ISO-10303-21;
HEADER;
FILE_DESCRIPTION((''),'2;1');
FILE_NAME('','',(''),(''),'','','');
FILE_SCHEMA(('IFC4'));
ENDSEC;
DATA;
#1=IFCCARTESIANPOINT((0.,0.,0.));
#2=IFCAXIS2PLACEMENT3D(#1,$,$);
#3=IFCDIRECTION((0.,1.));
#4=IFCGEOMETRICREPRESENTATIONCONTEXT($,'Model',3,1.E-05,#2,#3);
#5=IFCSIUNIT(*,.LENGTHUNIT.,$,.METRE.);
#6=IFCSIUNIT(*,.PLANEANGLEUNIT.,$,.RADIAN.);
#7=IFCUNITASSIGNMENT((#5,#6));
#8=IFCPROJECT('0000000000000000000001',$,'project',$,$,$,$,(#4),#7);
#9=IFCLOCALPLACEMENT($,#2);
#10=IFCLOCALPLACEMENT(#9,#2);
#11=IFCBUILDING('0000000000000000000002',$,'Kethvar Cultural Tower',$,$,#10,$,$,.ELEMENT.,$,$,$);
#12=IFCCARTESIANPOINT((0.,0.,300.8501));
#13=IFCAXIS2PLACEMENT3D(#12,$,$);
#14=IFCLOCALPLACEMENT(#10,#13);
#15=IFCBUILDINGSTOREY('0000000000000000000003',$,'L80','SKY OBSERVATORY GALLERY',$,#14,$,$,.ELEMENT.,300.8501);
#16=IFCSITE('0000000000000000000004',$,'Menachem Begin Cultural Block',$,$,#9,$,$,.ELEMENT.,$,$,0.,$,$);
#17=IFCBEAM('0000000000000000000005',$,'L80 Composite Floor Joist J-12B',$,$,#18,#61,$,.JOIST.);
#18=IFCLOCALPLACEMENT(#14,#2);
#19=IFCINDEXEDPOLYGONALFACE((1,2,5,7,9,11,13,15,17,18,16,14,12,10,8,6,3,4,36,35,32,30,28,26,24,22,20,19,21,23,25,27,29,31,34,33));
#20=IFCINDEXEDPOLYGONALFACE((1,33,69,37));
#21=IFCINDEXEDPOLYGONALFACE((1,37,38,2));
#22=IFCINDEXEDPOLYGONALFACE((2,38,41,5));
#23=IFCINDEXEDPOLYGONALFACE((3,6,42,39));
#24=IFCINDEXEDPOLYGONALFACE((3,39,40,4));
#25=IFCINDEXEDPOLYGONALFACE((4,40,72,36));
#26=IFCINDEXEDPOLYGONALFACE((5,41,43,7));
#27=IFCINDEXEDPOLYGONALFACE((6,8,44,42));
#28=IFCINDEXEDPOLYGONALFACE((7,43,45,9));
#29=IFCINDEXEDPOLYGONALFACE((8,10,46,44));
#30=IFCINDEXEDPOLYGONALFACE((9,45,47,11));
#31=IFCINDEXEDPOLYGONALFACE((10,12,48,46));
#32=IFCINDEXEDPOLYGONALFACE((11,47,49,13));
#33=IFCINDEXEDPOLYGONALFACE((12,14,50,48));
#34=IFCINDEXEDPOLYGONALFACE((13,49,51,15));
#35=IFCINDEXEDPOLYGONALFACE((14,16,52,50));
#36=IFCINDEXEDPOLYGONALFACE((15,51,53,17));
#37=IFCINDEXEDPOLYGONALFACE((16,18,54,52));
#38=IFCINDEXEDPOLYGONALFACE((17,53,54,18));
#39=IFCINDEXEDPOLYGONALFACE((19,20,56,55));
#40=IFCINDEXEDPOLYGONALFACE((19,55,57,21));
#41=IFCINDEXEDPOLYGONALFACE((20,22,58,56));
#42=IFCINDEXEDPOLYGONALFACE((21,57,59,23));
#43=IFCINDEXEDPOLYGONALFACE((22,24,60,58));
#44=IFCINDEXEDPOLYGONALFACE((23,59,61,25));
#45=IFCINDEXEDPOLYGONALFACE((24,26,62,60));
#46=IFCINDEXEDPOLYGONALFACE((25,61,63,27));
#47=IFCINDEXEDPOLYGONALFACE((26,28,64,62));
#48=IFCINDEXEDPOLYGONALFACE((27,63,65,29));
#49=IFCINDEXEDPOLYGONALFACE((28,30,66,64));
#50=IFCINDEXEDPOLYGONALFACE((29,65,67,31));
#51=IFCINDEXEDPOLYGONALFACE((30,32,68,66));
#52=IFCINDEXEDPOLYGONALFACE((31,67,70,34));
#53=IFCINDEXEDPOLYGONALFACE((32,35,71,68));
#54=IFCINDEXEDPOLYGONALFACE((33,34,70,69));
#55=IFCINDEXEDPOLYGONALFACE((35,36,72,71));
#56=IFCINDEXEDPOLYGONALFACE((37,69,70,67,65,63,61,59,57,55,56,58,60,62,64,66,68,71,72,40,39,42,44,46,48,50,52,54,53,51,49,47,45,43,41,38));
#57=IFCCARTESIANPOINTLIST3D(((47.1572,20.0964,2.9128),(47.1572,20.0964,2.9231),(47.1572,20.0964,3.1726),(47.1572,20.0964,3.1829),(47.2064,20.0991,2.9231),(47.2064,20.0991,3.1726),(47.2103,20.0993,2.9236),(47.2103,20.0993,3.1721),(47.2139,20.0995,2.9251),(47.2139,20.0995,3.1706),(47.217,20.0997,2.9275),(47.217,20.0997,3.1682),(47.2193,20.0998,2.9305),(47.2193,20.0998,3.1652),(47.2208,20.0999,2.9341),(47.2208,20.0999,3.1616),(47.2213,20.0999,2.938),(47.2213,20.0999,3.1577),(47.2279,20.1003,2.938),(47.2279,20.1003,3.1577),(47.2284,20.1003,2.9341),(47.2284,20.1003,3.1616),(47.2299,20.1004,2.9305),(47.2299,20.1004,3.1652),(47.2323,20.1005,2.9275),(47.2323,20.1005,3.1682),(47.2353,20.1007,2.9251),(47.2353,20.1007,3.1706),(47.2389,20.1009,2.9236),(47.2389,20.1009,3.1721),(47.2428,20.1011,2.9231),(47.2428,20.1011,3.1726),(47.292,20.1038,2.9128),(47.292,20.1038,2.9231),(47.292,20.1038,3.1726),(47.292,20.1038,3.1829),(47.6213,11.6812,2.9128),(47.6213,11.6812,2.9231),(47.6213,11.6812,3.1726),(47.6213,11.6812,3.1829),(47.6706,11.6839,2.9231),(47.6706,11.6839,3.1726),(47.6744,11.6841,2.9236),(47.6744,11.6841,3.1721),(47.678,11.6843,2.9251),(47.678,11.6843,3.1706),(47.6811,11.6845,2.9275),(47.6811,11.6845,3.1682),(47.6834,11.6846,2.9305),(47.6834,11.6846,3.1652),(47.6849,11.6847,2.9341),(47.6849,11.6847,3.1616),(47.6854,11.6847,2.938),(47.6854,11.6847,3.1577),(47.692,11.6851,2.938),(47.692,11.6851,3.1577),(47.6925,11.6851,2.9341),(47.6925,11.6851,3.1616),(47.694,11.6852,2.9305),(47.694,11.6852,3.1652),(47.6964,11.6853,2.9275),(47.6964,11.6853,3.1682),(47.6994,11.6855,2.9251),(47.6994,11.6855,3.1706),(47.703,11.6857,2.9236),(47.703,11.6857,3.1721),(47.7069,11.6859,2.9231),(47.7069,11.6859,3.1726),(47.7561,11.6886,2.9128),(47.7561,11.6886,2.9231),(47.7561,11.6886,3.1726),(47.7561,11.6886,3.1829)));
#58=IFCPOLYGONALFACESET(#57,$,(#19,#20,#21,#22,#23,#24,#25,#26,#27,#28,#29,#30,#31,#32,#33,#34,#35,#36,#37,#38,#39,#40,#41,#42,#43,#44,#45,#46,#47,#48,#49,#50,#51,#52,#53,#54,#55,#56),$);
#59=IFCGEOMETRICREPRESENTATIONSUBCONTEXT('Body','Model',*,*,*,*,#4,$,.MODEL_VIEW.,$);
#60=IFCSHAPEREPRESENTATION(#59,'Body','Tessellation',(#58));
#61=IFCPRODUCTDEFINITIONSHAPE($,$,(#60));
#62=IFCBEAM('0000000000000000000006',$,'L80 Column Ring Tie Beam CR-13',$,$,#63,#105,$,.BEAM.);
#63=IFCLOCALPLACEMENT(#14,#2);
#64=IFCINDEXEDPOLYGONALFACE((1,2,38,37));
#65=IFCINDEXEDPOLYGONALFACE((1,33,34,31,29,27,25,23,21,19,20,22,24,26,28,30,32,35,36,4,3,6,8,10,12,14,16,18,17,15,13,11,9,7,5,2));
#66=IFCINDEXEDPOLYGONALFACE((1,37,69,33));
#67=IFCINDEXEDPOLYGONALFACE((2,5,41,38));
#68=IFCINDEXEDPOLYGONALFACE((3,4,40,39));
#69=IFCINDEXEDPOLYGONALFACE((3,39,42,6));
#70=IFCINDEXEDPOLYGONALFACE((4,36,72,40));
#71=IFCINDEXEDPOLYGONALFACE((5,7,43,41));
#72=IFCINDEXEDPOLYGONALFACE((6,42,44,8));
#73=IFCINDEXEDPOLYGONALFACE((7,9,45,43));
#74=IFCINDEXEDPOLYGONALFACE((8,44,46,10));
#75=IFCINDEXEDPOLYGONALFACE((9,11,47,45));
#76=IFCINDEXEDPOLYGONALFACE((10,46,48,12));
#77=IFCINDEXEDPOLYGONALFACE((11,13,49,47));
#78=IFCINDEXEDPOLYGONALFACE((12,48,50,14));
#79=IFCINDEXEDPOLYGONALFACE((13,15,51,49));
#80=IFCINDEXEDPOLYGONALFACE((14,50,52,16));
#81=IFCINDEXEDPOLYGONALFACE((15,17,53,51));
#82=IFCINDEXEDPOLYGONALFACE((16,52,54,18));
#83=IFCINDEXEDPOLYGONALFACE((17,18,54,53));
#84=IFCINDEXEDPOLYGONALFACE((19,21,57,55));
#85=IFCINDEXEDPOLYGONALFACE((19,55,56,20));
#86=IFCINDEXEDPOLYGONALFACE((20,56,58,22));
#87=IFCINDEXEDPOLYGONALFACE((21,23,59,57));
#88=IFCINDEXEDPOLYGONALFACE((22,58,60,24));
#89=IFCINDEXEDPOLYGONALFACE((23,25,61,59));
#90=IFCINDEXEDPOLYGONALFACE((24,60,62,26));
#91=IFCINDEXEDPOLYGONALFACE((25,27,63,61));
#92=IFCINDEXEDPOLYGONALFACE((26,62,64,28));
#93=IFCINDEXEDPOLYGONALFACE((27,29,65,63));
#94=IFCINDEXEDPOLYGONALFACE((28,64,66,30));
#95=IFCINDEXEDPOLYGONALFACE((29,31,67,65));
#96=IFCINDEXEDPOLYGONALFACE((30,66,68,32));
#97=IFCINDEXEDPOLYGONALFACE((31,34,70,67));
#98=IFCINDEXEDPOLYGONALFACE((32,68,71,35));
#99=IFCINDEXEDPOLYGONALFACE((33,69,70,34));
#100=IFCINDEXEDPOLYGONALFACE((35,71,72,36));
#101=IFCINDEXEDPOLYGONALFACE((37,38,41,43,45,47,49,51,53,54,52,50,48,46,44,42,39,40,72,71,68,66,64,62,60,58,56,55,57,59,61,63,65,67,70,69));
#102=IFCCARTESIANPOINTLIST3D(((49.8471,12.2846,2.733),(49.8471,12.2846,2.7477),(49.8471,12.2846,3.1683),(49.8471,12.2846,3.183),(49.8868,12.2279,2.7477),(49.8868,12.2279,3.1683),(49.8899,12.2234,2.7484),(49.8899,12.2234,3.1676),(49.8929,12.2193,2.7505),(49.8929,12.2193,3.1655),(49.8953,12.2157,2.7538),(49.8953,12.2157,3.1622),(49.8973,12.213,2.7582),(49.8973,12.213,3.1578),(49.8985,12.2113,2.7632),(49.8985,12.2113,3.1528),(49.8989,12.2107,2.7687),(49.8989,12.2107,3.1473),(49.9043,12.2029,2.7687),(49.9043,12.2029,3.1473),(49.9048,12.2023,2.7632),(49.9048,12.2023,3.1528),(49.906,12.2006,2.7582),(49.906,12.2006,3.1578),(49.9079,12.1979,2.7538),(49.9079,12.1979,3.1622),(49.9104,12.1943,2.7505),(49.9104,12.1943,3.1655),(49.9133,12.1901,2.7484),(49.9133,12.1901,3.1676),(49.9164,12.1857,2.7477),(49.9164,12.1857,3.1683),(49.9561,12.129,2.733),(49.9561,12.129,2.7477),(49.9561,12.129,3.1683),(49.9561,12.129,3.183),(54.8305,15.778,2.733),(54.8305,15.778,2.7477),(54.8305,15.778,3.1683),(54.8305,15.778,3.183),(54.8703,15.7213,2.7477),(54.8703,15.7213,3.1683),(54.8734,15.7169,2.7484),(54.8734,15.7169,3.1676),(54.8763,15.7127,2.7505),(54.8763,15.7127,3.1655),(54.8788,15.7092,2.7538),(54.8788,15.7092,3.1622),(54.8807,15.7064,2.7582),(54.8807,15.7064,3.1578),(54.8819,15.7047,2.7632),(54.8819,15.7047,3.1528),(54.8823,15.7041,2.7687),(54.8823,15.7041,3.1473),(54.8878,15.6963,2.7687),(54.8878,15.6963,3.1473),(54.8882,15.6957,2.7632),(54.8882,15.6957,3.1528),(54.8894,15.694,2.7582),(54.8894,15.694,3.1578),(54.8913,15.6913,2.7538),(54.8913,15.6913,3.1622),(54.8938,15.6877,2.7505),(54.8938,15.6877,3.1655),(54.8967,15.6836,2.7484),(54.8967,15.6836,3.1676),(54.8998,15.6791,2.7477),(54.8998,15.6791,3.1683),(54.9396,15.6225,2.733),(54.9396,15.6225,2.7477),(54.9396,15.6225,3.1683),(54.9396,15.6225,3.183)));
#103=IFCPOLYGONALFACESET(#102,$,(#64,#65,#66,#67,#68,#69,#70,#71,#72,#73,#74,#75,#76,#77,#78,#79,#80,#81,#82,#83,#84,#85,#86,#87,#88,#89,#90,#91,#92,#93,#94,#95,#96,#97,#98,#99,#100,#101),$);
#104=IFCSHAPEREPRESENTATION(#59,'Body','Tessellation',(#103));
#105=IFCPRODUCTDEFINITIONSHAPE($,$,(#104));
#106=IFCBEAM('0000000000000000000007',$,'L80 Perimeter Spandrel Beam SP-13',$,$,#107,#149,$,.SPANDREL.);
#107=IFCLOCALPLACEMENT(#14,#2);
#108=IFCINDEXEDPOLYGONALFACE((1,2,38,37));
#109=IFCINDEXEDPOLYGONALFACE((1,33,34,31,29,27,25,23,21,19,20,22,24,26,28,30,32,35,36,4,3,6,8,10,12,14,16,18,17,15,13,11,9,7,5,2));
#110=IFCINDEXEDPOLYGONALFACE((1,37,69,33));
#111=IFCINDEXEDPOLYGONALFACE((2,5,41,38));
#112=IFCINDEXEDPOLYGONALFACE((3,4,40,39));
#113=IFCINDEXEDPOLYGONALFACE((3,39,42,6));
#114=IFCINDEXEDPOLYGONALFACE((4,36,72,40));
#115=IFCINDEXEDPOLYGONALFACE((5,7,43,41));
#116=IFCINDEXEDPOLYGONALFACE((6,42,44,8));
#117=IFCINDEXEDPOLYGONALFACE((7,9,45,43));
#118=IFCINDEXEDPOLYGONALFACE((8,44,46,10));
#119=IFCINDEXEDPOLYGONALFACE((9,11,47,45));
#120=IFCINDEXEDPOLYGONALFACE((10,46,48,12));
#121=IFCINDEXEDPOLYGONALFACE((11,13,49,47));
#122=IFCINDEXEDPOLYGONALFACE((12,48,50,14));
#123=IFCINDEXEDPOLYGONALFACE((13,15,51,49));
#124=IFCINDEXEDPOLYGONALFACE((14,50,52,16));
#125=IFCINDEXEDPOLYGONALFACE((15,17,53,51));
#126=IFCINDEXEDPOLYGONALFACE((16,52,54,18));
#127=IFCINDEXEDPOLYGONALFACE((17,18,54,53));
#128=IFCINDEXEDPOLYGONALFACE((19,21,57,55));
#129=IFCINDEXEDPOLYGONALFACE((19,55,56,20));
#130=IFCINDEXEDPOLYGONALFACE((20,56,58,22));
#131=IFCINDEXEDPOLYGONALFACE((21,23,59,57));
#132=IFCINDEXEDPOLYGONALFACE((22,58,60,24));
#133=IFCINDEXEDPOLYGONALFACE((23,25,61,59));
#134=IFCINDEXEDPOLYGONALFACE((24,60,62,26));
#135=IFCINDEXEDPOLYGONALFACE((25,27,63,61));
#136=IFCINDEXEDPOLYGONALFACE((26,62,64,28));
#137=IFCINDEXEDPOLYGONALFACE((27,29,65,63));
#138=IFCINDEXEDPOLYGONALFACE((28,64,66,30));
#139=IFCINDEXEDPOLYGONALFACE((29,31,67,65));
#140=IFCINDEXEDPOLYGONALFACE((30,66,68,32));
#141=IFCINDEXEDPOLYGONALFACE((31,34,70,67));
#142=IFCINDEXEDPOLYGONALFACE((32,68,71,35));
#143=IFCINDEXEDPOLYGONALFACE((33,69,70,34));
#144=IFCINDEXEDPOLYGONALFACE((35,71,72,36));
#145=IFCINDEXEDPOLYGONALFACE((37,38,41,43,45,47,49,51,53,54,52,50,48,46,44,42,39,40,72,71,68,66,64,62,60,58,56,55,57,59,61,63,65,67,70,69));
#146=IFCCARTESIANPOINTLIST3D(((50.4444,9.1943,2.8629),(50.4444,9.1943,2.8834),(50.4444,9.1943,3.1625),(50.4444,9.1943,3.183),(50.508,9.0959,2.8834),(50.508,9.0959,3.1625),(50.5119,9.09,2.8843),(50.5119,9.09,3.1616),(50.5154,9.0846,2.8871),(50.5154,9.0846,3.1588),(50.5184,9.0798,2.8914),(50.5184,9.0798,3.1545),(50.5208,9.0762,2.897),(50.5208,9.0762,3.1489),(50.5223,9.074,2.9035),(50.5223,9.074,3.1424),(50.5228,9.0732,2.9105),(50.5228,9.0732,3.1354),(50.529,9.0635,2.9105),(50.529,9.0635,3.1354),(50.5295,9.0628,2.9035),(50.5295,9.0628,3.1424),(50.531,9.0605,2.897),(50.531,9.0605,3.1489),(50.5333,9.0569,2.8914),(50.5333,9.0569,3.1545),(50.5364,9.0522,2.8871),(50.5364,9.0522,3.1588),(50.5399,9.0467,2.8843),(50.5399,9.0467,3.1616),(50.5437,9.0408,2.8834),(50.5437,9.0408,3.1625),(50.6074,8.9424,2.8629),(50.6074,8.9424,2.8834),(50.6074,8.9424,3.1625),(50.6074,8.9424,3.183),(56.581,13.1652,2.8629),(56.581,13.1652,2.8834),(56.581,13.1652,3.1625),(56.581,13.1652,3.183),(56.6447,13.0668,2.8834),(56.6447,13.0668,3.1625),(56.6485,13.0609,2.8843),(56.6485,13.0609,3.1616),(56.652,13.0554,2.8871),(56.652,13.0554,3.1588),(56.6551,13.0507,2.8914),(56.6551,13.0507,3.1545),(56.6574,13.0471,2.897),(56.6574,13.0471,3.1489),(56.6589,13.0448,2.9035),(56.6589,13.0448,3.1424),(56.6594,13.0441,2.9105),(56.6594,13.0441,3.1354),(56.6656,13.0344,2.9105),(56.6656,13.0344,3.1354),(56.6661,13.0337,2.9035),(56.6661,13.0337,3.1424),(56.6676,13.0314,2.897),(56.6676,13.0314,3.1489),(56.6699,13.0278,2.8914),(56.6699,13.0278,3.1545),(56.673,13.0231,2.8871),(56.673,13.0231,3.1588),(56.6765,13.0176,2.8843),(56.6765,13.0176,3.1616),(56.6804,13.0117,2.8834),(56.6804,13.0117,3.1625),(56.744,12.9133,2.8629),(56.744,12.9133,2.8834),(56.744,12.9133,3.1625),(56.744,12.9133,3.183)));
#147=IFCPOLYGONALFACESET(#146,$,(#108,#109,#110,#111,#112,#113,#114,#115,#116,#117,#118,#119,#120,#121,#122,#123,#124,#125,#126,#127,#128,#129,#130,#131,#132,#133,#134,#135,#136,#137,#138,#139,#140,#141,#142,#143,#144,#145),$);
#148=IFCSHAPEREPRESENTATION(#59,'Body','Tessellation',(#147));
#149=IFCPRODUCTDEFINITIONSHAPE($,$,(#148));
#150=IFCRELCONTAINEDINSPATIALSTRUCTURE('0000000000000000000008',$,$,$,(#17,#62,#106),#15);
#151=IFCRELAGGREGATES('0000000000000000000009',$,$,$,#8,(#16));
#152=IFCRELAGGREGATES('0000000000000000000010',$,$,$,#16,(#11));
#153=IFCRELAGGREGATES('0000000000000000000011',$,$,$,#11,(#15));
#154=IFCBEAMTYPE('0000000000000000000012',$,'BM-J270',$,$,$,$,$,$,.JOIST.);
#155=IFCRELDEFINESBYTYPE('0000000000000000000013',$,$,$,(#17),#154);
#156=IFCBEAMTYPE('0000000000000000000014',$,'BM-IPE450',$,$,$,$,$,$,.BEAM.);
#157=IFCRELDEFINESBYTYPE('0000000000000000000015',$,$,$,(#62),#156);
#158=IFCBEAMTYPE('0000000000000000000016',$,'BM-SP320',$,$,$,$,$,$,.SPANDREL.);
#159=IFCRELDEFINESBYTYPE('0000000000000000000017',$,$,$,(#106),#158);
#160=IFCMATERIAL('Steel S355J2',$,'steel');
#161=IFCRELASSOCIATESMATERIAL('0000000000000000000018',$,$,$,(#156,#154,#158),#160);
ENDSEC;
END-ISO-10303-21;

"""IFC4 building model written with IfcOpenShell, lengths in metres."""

from ifc_helpers import new_model, si_unit, direction, frame, origin, origin_2d, place, context, subcontext, project, spatial, i_section, extrude, source, transform, mapped, material, material_profile, profile_set, type_object, element, save


model = new_model("IFC4")

# Units and contexts
model_context = context("Model", 3, precision=1e-05, world=origin(), true_north=direction((0.0, 1.0)))
body_context = subcontext(model_context, "Body", "Model", "MODEL_VIEW")
ifc_project = project(units=[si_unit("LENGTHUNIT", "METRE"), si_unit("PLANEANGLEUNIT", "RADIAN")], contexts=[model_context])

# Site, building, storey
site_placement = place(None, origin())
site = spatial("IfcSite", under=ifc_project, at=site_placement, Name="Menachem Begin Cultural Block", CompositionType="ELEMENT", RefElevation=0.0)
building_placement = place(site_placement, origin())
building = spatial("IfcBuilding", under=site, at=building_placement, Name="Kethvar Cultural Tower", CompositionType="ELEMENT")
storey_placement = place(building_placement, frame((0.0, 0.0, 300.8501)))
storey = spatial("IfcBuildingStorey", under=building, at=storey_placement, Name="L80", Description="SKY OBSERVATORY GALLERY", CompositionType="ELEMENT", Elevation=300.8501)

# Shared definitions
ifc_material_1 = material(Name="Steel S355J2", Category="steel")

# Beams
ifc_material_profile_1 = material_profile(ifc_material_1, i_section(OverallWidth=0.1899, OverallDepth=0.45, WebThickness=0.0095, FlangeThickness=0.0146, FilletRadius=0.021, at=origin_2d()), Name="Steel S355J2 — IPE450")
ifc_profile_set_1 = profile_set([ifc_material_profile_1], Name="Steel S355J2 — IPE450")
beam_type_1 = type_object("IfcBeamType", Name="BM-IPE450", PredefinedType="BEAM", material=ifc_profile_set_1)
ifc_material_profile_2 = material_profile(ifc_material_1, i_section(OverallWidth=0.135, OverallDepth=0.27, WebThickness=0.0066, FlangeThickness=0.0103, FilletRadius=0.0149, at=origin_2d()), Name="Steel S355J2 — IPE270")
ifc_profile_set_2 = profile_set([ifc_material_profile_2], Name="Steel S355J2 — IPE270")
beam_type_2 = type_object("IfcBeamType", Name="BM-J270", PredefinedType="JOIST", material=ifc_profile_set_2)
shared_shape_1 = source(origin(), body_context, "Body", "SweptSolid", [
    extrude(i_section(OverallWidth=0.135, OverallDepth=0.27, WebThickness=0.0066, FlangeThickness=0.0103, FilletRadius=0.0149, at=origin_2d()), origin(), (0.0, 0.0, 1.0), 8.428),
])
beam_1_placement = place(storey_placement, frame((47.2246, 20.1001, 3.0479), z_axis=(0.055067, -0.998483, 0.0), x_axis=(0.998483, 0.055067, 0.0)))
element("IfcBeam", 1, at=beam_1_placement, inside=storey, type_object=beam_type_2, Name="L80 Composite Floor Joist J-12B", PredefinedType="JOIST", context=body_context, shape_type="MappedRepresentation", body=[
    mapped(shared_shape_1, transform((0.0, 0.0, 0.0), scale=1.0)),
])
shared_shape_2 = source(origin(), body_context, "Body", "SweptSolid", [
    extrude(i_section(OverallWidth=0.1899, OverallDepth=0.45, WebThickness=0.0095, FlangeThickness=0.0146, FilletRadius=0.021, at=origin_2d()), origin(), (0.0, 0.0, 1.0), 6.0859),
])
beam_2_placement = place(storey_placement, frame((49.9016, 12.2068, 2.958), z_axis=(0.818843, 0.574017, 0.0), x_axis=(-0.574017, 0.818843, 0.0)))
element("IfcBeam", 2, at=beam_2_placement, inside=storey, type_object=beam_type_1, Name="L80 Column Ring Tie Beam CR-13", PredefinedType="BEAM", context=body_context, shape_type="MappedRepresentation", body=[
    mapped(shared_shape_2, transform((0.0, 0.0, 0.0), scale=1.0)),
])
ifc_material_profile_3 = material_profile(ifc_material_1, i_section(OverallWidth=0.3, OverallDepth=0.3201, WebThickness=0.0115, FlangeThickness=0.0205, FilletRadius=0.0271, at=origin_2d()), Name="Steel S355J2 — HEB320")
ifc_profile_set_3 = profile_set([ifc_material_profile_3], Name="Steel S355J2 — HEB320")
beam_type_3 = type_object("IfcBeamType", Name="BM-SP320", PredefinedType="SPANDREL", material=ifc_profile_set_3)
shared_shape_3 = source(origin(), body_context, "Body", "SweptSolid", [
    extrude(i_section(OverallWidth=0.3, OverallDepth=0.3201, WebThickness=0.0115, FlangeThickness=0.0205, FilletRadius=0.0271, at=origin_2d()), origin(), (0.0, 0.0, 1.0), 7.3093),
])
beam_3_placement = place(storey_placement, frame((50.5259, 9.0684, 3.0229), z_axis=(0.839562, 0.543264, 0.0), x_axis=(-0.543264, 0.839562, 0.0)))
element("IfcBeam", 3, at=beam_3_placement, inside=storey, type_object=beam_type_3, Name="L80 Perimeter Spandrel Beam SP-13", PredefinedType="SPANDREL", context=body_context, shape_type="MappedRepresentation", body=[
    mapped(shared_shape_3, transform((0.0, 0.0, 0.0), scale=1.0)),
])

save(model, "model.ifc")
